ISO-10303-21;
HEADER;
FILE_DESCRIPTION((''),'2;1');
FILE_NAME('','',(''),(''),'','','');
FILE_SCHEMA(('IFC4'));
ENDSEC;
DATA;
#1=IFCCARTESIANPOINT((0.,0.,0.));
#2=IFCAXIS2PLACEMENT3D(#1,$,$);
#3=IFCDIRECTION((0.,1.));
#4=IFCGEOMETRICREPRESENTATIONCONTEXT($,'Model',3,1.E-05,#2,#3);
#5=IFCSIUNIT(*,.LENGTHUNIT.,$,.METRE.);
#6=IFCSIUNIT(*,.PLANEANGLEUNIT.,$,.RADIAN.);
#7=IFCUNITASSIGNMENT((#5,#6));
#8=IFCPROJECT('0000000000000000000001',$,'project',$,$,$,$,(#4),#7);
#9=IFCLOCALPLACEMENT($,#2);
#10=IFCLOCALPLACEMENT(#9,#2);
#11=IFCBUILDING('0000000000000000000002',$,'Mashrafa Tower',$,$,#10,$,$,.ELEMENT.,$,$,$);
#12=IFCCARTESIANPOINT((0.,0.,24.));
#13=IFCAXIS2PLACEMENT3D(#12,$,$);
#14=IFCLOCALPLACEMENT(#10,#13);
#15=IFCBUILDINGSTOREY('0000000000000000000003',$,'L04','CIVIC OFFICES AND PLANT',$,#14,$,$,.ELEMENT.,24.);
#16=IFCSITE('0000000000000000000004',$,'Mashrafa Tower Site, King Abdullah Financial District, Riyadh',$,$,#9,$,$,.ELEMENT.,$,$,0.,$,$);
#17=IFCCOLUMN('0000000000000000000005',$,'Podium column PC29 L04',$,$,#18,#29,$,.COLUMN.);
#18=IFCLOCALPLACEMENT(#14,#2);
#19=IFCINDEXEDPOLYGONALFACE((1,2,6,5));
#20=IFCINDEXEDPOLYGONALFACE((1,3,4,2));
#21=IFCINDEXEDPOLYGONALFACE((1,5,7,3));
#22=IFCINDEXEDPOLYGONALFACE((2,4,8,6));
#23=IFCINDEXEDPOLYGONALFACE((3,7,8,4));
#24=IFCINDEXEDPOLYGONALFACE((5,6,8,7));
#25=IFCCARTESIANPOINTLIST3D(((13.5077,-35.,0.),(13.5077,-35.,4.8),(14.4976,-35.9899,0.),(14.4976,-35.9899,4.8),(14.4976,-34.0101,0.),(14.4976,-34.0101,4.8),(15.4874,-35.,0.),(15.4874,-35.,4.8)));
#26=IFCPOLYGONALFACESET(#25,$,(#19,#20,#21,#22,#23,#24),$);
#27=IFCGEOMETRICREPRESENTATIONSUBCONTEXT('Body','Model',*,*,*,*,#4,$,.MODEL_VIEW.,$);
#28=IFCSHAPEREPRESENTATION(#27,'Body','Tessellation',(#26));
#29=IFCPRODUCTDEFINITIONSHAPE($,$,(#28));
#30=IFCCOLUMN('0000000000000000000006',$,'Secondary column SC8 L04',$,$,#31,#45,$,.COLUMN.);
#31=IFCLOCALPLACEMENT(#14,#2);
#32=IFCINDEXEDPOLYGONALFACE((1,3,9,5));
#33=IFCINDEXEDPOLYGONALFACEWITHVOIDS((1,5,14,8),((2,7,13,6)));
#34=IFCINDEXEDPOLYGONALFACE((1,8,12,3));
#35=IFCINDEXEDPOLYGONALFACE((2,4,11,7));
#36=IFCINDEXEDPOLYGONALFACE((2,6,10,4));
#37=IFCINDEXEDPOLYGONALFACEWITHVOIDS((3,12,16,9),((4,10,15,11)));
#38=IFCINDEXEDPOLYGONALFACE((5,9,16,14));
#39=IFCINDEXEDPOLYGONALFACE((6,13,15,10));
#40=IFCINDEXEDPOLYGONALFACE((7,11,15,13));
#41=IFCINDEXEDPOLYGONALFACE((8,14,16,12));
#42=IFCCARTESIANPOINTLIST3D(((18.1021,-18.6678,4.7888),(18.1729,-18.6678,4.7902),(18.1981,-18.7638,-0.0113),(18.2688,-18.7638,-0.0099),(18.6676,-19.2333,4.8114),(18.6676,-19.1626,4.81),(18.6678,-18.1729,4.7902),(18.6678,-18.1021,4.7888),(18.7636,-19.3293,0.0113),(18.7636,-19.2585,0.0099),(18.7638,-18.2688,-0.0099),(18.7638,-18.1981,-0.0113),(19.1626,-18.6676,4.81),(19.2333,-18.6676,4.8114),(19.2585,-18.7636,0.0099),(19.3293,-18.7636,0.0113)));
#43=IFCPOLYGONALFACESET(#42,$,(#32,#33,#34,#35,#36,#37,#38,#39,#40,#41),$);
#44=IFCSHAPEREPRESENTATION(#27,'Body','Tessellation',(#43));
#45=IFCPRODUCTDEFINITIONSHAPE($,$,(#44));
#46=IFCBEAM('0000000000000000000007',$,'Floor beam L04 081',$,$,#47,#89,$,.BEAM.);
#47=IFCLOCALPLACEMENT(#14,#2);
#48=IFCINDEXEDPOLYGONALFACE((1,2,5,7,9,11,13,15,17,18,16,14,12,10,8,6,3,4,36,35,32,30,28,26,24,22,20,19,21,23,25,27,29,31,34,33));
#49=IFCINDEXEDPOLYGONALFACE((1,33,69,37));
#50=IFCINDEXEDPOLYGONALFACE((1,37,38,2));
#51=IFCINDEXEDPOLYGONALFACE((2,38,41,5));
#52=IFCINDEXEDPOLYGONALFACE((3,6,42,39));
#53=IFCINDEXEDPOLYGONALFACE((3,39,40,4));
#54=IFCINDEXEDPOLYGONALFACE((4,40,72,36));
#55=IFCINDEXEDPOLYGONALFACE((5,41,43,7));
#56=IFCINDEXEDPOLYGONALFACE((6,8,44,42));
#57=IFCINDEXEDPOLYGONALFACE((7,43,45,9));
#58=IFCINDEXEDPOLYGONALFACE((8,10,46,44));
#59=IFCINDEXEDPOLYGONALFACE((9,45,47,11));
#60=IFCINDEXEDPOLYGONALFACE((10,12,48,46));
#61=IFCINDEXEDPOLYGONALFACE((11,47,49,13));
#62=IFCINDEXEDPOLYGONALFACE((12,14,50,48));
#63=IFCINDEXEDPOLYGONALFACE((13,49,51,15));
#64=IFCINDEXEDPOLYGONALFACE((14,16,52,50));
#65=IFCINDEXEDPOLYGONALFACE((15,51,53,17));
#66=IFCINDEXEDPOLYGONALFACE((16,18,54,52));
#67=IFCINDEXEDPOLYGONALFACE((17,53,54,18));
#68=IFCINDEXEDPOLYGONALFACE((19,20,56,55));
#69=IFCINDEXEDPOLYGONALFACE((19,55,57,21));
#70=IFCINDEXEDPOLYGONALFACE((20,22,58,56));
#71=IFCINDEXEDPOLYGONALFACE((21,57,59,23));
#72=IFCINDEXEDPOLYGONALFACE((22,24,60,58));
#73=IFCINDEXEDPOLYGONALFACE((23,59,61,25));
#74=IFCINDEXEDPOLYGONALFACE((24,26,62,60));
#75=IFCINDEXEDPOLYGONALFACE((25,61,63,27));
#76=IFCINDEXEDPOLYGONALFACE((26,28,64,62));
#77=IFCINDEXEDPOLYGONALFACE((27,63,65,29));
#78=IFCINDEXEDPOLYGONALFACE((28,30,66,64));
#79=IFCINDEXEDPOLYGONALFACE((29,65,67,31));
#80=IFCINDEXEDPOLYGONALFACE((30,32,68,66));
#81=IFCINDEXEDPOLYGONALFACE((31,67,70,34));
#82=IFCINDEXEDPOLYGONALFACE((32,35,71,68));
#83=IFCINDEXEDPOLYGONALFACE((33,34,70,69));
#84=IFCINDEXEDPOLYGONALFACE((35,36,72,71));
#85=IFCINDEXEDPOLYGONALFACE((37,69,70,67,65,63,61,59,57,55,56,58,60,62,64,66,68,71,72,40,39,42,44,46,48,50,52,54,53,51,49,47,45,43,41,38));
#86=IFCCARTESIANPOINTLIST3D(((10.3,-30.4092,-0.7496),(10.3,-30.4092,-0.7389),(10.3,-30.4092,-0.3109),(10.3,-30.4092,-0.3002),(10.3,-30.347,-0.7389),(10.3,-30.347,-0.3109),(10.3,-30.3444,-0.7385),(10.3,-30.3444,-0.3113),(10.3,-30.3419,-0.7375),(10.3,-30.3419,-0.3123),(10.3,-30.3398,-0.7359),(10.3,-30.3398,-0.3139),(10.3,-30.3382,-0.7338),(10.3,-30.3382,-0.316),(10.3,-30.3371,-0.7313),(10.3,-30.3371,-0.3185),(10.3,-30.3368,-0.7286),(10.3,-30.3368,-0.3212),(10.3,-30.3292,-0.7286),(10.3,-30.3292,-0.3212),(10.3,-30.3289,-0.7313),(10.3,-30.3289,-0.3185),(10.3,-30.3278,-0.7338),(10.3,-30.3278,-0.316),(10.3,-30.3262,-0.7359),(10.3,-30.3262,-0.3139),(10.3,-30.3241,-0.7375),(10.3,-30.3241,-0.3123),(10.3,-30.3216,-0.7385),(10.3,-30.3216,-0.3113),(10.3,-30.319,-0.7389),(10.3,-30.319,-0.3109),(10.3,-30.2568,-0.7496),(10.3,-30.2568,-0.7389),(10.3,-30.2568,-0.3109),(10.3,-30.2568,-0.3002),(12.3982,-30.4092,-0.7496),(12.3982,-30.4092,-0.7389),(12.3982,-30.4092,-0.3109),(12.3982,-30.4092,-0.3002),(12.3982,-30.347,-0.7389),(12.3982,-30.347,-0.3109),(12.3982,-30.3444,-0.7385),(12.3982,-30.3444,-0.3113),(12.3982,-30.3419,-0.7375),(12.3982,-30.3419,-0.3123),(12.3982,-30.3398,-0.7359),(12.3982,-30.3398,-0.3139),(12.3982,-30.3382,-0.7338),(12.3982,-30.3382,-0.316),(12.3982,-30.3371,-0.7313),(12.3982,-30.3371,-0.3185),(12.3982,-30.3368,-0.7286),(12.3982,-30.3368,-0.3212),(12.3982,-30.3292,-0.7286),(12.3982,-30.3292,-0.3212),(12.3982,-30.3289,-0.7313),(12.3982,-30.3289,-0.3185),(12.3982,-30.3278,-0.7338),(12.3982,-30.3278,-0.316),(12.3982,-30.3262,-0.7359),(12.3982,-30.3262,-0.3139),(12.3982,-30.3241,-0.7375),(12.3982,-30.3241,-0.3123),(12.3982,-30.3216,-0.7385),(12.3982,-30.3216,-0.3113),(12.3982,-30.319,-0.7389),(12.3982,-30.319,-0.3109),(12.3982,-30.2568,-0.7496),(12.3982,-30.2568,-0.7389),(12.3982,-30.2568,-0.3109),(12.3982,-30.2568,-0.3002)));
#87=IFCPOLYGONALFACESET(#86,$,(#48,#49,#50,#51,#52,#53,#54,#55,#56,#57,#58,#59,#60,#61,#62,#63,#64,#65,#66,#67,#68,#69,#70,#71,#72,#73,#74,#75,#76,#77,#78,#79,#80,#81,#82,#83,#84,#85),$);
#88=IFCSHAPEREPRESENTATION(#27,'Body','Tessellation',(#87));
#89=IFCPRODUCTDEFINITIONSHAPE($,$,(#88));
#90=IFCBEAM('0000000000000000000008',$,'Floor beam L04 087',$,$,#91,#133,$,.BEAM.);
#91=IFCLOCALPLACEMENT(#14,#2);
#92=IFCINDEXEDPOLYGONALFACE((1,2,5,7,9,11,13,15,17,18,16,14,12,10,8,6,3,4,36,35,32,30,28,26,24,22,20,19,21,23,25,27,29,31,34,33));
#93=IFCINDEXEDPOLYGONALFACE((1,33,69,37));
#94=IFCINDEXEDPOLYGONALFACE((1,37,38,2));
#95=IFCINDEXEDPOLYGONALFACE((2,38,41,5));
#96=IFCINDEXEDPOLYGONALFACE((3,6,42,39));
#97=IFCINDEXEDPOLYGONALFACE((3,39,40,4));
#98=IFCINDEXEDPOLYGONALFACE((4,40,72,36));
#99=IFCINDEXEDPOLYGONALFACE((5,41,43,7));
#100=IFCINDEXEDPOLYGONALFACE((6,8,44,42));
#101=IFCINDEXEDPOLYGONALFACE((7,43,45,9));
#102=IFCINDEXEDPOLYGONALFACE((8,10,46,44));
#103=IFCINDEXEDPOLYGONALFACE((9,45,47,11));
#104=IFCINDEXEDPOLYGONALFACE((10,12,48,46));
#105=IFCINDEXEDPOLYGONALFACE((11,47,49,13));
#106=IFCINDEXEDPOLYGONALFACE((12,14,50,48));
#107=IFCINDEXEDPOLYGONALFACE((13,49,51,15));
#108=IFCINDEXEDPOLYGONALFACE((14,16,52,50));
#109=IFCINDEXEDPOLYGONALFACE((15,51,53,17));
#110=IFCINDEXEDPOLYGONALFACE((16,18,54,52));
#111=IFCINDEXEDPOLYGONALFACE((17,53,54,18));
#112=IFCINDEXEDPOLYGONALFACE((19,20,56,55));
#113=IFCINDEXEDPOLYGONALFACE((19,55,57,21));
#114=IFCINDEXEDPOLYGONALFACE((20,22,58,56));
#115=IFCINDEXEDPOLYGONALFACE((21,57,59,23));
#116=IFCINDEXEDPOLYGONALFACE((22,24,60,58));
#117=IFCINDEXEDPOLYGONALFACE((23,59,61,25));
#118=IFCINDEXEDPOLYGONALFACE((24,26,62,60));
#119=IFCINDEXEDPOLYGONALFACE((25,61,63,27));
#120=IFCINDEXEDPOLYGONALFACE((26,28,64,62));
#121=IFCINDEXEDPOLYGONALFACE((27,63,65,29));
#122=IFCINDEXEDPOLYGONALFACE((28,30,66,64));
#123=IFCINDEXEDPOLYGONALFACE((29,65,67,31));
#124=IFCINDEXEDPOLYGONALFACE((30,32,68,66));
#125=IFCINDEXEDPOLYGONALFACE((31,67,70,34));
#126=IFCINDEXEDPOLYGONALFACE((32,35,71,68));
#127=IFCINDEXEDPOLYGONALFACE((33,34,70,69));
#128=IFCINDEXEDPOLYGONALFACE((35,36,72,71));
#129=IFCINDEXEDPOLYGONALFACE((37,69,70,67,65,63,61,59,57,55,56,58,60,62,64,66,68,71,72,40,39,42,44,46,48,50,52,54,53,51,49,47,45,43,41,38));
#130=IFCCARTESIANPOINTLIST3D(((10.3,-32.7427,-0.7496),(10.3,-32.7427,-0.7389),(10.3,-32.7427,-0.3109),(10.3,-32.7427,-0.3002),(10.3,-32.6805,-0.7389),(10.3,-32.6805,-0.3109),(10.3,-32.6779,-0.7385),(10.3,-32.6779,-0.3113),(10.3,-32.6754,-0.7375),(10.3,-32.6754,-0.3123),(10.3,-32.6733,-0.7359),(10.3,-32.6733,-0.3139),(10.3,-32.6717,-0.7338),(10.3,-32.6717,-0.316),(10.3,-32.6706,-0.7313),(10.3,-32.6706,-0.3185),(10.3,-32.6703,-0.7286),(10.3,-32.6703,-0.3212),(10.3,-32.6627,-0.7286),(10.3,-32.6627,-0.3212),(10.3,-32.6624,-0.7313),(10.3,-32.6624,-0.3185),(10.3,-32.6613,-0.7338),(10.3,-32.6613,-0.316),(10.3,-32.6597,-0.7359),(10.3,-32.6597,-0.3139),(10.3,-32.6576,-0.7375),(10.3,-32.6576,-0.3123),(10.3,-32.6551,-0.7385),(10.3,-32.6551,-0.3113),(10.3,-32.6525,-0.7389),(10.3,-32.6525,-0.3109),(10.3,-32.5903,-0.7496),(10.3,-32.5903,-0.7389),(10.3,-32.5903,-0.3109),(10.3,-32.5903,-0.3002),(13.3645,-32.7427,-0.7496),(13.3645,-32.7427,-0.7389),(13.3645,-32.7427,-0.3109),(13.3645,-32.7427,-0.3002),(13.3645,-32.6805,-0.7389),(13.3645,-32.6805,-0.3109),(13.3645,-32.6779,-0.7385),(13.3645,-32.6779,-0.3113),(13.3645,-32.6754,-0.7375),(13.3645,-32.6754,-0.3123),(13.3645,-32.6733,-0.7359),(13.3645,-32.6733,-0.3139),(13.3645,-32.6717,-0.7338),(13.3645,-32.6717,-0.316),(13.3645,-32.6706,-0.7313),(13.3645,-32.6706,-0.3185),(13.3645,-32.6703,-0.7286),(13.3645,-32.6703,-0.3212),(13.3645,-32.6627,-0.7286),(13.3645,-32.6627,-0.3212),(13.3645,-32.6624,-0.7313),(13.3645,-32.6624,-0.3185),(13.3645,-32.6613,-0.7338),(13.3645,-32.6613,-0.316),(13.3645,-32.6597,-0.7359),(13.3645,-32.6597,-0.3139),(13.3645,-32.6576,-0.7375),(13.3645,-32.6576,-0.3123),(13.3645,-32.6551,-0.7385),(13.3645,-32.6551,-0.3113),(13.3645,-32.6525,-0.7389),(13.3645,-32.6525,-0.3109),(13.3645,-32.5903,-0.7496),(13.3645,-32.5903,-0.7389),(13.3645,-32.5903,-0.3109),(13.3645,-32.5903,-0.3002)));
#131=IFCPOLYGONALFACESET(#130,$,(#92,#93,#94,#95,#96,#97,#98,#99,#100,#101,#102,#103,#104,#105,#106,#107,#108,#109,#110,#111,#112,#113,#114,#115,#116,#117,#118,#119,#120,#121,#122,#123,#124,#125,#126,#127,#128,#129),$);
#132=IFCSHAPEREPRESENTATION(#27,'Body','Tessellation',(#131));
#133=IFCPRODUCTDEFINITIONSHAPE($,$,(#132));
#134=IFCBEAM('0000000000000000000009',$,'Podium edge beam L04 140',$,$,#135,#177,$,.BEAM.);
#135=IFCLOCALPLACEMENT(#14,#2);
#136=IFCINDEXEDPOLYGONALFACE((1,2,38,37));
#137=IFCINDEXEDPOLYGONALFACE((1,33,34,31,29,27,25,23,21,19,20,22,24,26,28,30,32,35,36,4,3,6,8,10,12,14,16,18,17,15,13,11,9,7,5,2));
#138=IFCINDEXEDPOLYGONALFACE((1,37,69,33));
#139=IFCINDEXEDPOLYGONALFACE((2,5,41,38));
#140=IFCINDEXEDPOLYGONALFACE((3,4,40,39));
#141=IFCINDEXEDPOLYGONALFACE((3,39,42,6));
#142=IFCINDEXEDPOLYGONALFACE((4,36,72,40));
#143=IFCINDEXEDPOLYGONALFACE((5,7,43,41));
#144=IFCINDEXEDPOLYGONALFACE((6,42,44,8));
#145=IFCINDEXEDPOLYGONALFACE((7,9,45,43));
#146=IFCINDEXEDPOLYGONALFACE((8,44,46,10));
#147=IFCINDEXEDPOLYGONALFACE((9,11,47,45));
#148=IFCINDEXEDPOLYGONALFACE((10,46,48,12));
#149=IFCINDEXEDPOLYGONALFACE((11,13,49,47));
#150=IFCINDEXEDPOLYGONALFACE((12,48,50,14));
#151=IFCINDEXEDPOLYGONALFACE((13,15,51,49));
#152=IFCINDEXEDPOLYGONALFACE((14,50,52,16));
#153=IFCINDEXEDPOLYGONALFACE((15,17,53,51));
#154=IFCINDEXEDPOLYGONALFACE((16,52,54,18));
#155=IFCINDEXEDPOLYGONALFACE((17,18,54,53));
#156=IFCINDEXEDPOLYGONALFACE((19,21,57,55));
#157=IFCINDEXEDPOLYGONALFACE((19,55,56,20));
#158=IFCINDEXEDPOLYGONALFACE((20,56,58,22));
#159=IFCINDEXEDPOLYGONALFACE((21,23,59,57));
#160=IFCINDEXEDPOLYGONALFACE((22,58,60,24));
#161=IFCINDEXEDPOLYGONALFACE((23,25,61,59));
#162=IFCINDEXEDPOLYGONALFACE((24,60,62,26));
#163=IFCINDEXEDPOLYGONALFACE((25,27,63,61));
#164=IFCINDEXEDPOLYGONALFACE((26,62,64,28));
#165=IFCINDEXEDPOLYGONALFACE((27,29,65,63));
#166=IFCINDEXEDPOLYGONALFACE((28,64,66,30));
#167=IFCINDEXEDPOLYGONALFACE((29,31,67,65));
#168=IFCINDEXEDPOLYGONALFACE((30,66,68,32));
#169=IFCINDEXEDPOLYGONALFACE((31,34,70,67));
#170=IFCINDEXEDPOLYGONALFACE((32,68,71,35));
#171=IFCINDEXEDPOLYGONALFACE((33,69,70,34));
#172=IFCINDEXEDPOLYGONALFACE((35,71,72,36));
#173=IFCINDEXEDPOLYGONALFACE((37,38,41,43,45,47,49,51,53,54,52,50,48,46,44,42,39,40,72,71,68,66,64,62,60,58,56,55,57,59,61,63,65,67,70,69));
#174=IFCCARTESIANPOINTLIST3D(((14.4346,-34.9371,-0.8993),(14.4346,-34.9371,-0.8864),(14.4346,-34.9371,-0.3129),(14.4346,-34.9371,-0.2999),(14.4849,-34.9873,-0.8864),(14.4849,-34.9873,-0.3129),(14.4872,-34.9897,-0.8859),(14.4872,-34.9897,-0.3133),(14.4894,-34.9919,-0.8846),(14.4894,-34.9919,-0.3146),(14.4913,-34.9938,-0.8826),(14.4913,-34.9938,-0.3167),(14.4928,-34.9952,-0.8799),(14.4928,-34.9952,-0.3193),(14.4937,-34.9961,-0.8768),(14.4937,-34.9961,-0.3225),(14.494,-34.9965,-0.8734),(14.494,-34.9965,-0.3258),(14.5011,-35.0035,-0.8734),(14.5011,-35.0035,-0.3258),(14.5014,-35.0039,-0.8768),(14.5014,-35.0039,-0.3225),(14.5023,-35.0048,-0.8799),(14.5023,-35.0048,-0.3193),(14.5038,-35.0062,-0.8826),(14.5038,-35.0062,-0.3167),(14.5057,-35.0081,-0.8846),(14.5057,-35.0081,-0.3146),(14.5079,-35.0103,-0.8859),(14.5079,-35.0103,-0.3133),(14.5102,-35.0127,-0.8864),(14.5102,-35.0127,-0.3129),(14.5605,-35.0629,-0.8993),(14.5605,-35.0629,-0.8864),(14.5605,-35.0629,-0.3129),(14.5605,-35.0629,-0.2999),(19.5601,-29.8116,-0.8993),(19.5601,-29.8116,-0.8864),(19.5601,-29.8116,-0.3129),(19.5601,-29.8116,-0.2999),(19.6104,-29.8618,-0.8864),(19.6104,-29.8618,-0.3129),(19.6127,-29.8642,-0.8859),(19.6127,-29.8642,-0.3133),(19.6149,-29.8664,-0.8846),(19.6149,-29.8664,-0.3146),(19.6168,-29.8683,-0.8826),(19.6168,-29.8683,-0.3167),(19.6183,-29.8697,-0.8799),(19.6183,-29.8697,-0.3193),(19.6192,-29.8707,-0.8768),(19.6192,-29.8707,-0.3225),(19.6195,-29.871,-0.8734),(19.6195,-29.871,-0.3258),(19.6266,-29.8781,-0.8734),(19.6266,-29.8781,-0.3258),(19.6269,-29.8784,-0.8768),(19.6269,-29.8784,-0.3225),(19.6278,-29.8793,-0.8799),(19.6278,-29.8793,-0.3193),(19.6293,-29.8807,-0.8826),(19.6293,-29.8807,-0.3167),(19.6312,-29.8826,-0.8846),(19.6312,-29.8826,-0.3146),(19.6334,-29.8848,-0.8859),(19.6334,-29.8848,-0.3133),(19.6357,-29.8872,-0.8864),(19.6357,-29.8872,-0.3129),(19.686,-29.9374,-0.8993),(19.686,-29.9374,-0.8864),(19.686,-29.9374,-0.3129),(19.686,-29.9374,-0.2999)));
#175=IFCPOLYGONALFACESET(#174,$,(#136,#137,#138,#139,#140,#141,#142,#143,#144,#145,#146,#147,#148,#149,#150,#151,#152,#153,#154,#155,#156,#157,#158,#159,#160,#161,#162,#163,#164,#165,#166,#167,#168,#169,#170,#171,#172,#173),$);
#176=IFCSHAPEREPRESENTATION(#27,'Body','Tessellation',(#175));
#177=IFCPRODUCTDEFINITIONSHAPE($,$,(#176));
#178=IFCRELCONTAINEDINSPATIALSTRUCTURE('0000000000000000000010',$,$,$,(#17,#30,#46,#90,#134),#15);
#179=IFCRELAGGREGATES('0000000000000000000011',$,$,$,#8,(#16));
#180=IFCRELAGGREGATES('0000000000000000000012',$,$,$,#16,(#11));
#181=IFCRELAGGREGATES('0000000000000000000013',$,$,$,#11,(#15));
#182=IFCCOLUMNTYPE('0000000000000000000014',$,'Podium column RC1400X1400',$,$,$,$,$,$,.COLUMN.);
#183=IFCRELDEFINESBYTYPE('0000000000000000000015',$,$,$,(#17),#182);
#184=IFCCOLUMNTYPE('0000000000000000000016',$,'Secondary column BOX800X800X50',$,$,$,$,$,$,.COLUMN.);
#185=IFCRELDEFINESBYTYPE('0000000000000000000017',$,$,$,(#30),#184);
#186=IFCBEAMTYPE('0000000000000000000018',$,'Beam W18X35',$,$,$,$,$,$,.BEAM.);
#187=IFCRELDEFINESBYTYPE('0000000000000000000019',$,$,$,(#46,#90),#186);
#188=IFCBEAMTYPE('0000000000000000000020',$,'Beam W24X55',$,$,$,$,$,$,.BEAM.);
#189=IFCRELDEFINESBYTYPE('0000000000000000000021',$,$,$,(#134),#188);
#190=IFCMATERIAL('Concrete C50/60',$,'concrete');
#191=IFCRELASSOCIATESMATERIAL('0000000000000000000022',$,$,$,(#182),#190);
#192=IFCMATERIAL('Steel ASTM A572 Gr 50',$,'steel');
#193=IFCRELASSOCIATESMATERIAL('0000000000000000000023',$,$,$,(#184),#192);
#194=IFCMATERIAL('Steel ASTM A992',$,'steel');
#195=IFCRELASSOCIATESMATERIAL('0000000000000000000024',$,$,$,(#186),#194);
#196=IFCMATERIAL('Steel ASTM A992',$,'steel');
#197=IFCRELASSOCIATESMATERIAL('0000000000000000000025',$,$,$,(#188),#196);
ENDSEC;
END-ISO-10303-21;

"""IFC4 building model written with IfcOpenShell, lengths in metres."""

from ifc_helpers import new_model, si_unit, direction, frame, origin, origin_2d, place, context, subcontext, project, spatial, rectangle, hollow_rectangle, i_section, extrude, material, material_profile, profile_set, type_object, element, save


model = new_model("IFC4")

# Units and contexts
model_context = context("Model", 3, precision=1e-05, world=origin(), true_north=direction((0.0, 1.0)))
body_context = subcontext(model_context, "Body", "Model", "MODEL_VIEW")
ifc_project = project(units=[si_unit("LENGTHUNIT", "METRE"), si_unit("PLANEANGLEUNIT", "RADIAN")], contexts=[model_context])

# Site, building, storey
site_placement = place(None, origin())
site = spatial("IfcSite", under=ifc_project, at=site_placement, Name="Mashrafa Tower Site, King Abdullah Financial District, Riyadh", CompositionType="ELEMENT", RefElevation=0.0)
building_placement = place(site_placement, origin())
building = spatial("IfcBuilding", under=site, at=building_placement, Name="Mashrafa Tower", CompositionType="ELEMENT")
storey_placement = place(building_placement, frame((0.0, 0.0, 24.0)))
storey = spatial("IfcBuildingStorey", under=building, at=storey_placement, Name="L04", Description="CIVIC OFFICES AND PLANT", CompositionType="ELEMENT", Elevation=24.0)

# Columns
ifc_material_1 = material(Name="Concrete C50/60", Category="concrete")
ifc_material_profile_1 = material_profile(ifc_material_1, rectangle(XDim=1.3999, YDim=1.3999, at=origin_2d()), Name="RC1400X1400")
ifc_profile_set_1 = profile_set([ifc_material_profile_1], Name="Concrete C50/60")
column_type_1 = type_object("IfcColumnType", Name="Podium column RC1400X1400", PredefinedType="COLUMN", material=ifc_profile_set_1)
column_1_placement = place(storey_placement, frame((14.4976, -35.0, 0.0), z_axis=(0.0, 0.0, 1.0), x_axis=(0.707107, 0.707107, 0.0)))
element("IfcColumn", 1, at=column_1_placement, inside=storey, type_object=column_type_1, Name="Podium column PC29 L04", PredefinedType="COLUMN", context=body_context, shape_type="SweptSolid", body=[
    extrude(rectangle(XDim=1.3999, YDim=1.3999, at=origin_2d()), origin(), (0.0, 0.0, 1.0), 4.8),
])
ifc_material_2 = material(Name="Steel ASTM A572 Gr 50", Category="steel")
ifc_material_profile_2 = material_profile(ifc_material_2, hollow_rectangle(XDim=0.8, YDim=0.8, WallThickness=0.05, at=origin_2d()), Name="BOX800X800X50")
ifc_profile_set_2 = profile_set([ifc_material_profile_2], Name="Steel ASTM A572 Gr 50")
column_type_2 = type_object("IfcColumnType", Name="Secondary column BOX800X800X50", PredefinedType="COLUMN", material=ifc_profile_set_2)
column_2_placement = place(storey_placement, frame((18.7637, -18.7637, 0.0), z_axis=(-0.019981, 0.019981, 0.999601), x_axis=(-0.707107, -0.707107, 0.0)))
element("IfcColumn", 2, at=column_2_placement, inside=storey, type_object=column_type_2, Name="Secondary column SC8 L04", PredefinedType="COLUMN", context=body_context, shape_type="SweptSolid", body=[
    extrude(hollow_rectangle(XDim=0.8, YDim=0.8, WallThickness=0.05, at=origin_2d()), origin(), (0.0, 0.0, 1.0), 4.802),
])

# Beams
ifc_material_3 = material(Name="Steel ASTM A992", Category="steel")
ifc_material_profile_3 = material_profile(ifc_material_3, i_section(OverallWidth=0.1523, OverallDepth=0.4495, WebThickness=0.0076, FlangeThickness=0.0107, FilletRadius=0.0103, at=origin_2d()), Name="W18X35")
ifc_profile_set_3 = profile_set([ifc_material_profile_3], Name="Steel ASTM A992")
beam_type_1 = type_object("IfcBeamType", Name="Beam W18X35", PredefinedType="BEAM", material=ifc_profile_set_3)
beam_1_placement = place(storey_placement, frame((12.3982, -30.333, -0.5249), z_axis=(-1.0, 0.0, 0.0), x_axis=(0.0, -1.0, 0.0)))
element("IfcBeam", 3, at=beam_1_placement, inside=storey, type_object=beam_type_1, Name="Floor beam L04 081", PredefinedType="BEAM", context=body_context, shape_type="SweptSolid", body=[
    extrude(i_section(OverallWidth=0.1523, OverallDepth=0.4495, WebThickness=0.0076, FlangeThickness=0.0107, FilletRadius=0.0103, at=origin_2d()), origin(), (0.0, 0.0, 1.0), 2.0981),
])
beam_2_placement = place(storey_placement, frame((13.3645, -32.6665, -0.5249), z_axis=(-1.0, 0.0, 0.0), x_axis=(0.0, -1.0, 0.0)))
element("IfcBeam", 4, at=beam_2_placement, inside=storey, type_object=beam_type_1, Name="Floor beam L04 087", PredefinedType="BEAM", context=body_context, shape_type="SweptSolid", body=[
    extrude(i_section(OverallWidth=0.1523, OverallDepth=0.4495, WebThickness=0.0076, FlangeThickness=0.0107, FilletRadius=0.0103, at=origin_2d()), origin(), (0.0, 0.0, 1.0), 3.0645),
])
ifc_material_4 = material(Name="Steel ASTM A992", Category="steel")
ifc_material_profile_4 = material_profile(ifc_material_4, i_section(OverallWidth=0.178, OverallDepth=0.5994, WebThickness=0.01, FlangeThickness=0.0129, FilletRadius=0.0129, at=origin_2d()), Name="W24X55")
ifc_profile_set_4 = profile_set([ifc_material_profile_4], Name="Steel ASTM A992")
beam_type_2 = type_object("IfcBeamType", Name="Beam W24X55", PredefinedType="BEAM", material=ifc_profile_set_4)
beam_3_placement = place(storey_placement, frame((14.4976, -35.0, -0.5996), z_axis=(0.707107, 0.707107, 0.0), x_axis=(-0.707107, 0.707107, 0.0)))
element("IfcBeam", 5, at=beam_3_placement, inside=storey, type_object=beam_type_2, Name="Podium edge beam L04 140", PredefinedType="BEAM", context=body_context, shape_type="SweptSolid", body=[
    extrude(i_section(OverallWidth=0.178, OverallDepth=0.5994, WebThickness=0.01, FlangeThickness=0.0129, FilletRadius=0.0129, at=origin_2d()), origin(), (0.0, 0.0, 1.0), 7.2485),
])

save(model, "model.ifc")
